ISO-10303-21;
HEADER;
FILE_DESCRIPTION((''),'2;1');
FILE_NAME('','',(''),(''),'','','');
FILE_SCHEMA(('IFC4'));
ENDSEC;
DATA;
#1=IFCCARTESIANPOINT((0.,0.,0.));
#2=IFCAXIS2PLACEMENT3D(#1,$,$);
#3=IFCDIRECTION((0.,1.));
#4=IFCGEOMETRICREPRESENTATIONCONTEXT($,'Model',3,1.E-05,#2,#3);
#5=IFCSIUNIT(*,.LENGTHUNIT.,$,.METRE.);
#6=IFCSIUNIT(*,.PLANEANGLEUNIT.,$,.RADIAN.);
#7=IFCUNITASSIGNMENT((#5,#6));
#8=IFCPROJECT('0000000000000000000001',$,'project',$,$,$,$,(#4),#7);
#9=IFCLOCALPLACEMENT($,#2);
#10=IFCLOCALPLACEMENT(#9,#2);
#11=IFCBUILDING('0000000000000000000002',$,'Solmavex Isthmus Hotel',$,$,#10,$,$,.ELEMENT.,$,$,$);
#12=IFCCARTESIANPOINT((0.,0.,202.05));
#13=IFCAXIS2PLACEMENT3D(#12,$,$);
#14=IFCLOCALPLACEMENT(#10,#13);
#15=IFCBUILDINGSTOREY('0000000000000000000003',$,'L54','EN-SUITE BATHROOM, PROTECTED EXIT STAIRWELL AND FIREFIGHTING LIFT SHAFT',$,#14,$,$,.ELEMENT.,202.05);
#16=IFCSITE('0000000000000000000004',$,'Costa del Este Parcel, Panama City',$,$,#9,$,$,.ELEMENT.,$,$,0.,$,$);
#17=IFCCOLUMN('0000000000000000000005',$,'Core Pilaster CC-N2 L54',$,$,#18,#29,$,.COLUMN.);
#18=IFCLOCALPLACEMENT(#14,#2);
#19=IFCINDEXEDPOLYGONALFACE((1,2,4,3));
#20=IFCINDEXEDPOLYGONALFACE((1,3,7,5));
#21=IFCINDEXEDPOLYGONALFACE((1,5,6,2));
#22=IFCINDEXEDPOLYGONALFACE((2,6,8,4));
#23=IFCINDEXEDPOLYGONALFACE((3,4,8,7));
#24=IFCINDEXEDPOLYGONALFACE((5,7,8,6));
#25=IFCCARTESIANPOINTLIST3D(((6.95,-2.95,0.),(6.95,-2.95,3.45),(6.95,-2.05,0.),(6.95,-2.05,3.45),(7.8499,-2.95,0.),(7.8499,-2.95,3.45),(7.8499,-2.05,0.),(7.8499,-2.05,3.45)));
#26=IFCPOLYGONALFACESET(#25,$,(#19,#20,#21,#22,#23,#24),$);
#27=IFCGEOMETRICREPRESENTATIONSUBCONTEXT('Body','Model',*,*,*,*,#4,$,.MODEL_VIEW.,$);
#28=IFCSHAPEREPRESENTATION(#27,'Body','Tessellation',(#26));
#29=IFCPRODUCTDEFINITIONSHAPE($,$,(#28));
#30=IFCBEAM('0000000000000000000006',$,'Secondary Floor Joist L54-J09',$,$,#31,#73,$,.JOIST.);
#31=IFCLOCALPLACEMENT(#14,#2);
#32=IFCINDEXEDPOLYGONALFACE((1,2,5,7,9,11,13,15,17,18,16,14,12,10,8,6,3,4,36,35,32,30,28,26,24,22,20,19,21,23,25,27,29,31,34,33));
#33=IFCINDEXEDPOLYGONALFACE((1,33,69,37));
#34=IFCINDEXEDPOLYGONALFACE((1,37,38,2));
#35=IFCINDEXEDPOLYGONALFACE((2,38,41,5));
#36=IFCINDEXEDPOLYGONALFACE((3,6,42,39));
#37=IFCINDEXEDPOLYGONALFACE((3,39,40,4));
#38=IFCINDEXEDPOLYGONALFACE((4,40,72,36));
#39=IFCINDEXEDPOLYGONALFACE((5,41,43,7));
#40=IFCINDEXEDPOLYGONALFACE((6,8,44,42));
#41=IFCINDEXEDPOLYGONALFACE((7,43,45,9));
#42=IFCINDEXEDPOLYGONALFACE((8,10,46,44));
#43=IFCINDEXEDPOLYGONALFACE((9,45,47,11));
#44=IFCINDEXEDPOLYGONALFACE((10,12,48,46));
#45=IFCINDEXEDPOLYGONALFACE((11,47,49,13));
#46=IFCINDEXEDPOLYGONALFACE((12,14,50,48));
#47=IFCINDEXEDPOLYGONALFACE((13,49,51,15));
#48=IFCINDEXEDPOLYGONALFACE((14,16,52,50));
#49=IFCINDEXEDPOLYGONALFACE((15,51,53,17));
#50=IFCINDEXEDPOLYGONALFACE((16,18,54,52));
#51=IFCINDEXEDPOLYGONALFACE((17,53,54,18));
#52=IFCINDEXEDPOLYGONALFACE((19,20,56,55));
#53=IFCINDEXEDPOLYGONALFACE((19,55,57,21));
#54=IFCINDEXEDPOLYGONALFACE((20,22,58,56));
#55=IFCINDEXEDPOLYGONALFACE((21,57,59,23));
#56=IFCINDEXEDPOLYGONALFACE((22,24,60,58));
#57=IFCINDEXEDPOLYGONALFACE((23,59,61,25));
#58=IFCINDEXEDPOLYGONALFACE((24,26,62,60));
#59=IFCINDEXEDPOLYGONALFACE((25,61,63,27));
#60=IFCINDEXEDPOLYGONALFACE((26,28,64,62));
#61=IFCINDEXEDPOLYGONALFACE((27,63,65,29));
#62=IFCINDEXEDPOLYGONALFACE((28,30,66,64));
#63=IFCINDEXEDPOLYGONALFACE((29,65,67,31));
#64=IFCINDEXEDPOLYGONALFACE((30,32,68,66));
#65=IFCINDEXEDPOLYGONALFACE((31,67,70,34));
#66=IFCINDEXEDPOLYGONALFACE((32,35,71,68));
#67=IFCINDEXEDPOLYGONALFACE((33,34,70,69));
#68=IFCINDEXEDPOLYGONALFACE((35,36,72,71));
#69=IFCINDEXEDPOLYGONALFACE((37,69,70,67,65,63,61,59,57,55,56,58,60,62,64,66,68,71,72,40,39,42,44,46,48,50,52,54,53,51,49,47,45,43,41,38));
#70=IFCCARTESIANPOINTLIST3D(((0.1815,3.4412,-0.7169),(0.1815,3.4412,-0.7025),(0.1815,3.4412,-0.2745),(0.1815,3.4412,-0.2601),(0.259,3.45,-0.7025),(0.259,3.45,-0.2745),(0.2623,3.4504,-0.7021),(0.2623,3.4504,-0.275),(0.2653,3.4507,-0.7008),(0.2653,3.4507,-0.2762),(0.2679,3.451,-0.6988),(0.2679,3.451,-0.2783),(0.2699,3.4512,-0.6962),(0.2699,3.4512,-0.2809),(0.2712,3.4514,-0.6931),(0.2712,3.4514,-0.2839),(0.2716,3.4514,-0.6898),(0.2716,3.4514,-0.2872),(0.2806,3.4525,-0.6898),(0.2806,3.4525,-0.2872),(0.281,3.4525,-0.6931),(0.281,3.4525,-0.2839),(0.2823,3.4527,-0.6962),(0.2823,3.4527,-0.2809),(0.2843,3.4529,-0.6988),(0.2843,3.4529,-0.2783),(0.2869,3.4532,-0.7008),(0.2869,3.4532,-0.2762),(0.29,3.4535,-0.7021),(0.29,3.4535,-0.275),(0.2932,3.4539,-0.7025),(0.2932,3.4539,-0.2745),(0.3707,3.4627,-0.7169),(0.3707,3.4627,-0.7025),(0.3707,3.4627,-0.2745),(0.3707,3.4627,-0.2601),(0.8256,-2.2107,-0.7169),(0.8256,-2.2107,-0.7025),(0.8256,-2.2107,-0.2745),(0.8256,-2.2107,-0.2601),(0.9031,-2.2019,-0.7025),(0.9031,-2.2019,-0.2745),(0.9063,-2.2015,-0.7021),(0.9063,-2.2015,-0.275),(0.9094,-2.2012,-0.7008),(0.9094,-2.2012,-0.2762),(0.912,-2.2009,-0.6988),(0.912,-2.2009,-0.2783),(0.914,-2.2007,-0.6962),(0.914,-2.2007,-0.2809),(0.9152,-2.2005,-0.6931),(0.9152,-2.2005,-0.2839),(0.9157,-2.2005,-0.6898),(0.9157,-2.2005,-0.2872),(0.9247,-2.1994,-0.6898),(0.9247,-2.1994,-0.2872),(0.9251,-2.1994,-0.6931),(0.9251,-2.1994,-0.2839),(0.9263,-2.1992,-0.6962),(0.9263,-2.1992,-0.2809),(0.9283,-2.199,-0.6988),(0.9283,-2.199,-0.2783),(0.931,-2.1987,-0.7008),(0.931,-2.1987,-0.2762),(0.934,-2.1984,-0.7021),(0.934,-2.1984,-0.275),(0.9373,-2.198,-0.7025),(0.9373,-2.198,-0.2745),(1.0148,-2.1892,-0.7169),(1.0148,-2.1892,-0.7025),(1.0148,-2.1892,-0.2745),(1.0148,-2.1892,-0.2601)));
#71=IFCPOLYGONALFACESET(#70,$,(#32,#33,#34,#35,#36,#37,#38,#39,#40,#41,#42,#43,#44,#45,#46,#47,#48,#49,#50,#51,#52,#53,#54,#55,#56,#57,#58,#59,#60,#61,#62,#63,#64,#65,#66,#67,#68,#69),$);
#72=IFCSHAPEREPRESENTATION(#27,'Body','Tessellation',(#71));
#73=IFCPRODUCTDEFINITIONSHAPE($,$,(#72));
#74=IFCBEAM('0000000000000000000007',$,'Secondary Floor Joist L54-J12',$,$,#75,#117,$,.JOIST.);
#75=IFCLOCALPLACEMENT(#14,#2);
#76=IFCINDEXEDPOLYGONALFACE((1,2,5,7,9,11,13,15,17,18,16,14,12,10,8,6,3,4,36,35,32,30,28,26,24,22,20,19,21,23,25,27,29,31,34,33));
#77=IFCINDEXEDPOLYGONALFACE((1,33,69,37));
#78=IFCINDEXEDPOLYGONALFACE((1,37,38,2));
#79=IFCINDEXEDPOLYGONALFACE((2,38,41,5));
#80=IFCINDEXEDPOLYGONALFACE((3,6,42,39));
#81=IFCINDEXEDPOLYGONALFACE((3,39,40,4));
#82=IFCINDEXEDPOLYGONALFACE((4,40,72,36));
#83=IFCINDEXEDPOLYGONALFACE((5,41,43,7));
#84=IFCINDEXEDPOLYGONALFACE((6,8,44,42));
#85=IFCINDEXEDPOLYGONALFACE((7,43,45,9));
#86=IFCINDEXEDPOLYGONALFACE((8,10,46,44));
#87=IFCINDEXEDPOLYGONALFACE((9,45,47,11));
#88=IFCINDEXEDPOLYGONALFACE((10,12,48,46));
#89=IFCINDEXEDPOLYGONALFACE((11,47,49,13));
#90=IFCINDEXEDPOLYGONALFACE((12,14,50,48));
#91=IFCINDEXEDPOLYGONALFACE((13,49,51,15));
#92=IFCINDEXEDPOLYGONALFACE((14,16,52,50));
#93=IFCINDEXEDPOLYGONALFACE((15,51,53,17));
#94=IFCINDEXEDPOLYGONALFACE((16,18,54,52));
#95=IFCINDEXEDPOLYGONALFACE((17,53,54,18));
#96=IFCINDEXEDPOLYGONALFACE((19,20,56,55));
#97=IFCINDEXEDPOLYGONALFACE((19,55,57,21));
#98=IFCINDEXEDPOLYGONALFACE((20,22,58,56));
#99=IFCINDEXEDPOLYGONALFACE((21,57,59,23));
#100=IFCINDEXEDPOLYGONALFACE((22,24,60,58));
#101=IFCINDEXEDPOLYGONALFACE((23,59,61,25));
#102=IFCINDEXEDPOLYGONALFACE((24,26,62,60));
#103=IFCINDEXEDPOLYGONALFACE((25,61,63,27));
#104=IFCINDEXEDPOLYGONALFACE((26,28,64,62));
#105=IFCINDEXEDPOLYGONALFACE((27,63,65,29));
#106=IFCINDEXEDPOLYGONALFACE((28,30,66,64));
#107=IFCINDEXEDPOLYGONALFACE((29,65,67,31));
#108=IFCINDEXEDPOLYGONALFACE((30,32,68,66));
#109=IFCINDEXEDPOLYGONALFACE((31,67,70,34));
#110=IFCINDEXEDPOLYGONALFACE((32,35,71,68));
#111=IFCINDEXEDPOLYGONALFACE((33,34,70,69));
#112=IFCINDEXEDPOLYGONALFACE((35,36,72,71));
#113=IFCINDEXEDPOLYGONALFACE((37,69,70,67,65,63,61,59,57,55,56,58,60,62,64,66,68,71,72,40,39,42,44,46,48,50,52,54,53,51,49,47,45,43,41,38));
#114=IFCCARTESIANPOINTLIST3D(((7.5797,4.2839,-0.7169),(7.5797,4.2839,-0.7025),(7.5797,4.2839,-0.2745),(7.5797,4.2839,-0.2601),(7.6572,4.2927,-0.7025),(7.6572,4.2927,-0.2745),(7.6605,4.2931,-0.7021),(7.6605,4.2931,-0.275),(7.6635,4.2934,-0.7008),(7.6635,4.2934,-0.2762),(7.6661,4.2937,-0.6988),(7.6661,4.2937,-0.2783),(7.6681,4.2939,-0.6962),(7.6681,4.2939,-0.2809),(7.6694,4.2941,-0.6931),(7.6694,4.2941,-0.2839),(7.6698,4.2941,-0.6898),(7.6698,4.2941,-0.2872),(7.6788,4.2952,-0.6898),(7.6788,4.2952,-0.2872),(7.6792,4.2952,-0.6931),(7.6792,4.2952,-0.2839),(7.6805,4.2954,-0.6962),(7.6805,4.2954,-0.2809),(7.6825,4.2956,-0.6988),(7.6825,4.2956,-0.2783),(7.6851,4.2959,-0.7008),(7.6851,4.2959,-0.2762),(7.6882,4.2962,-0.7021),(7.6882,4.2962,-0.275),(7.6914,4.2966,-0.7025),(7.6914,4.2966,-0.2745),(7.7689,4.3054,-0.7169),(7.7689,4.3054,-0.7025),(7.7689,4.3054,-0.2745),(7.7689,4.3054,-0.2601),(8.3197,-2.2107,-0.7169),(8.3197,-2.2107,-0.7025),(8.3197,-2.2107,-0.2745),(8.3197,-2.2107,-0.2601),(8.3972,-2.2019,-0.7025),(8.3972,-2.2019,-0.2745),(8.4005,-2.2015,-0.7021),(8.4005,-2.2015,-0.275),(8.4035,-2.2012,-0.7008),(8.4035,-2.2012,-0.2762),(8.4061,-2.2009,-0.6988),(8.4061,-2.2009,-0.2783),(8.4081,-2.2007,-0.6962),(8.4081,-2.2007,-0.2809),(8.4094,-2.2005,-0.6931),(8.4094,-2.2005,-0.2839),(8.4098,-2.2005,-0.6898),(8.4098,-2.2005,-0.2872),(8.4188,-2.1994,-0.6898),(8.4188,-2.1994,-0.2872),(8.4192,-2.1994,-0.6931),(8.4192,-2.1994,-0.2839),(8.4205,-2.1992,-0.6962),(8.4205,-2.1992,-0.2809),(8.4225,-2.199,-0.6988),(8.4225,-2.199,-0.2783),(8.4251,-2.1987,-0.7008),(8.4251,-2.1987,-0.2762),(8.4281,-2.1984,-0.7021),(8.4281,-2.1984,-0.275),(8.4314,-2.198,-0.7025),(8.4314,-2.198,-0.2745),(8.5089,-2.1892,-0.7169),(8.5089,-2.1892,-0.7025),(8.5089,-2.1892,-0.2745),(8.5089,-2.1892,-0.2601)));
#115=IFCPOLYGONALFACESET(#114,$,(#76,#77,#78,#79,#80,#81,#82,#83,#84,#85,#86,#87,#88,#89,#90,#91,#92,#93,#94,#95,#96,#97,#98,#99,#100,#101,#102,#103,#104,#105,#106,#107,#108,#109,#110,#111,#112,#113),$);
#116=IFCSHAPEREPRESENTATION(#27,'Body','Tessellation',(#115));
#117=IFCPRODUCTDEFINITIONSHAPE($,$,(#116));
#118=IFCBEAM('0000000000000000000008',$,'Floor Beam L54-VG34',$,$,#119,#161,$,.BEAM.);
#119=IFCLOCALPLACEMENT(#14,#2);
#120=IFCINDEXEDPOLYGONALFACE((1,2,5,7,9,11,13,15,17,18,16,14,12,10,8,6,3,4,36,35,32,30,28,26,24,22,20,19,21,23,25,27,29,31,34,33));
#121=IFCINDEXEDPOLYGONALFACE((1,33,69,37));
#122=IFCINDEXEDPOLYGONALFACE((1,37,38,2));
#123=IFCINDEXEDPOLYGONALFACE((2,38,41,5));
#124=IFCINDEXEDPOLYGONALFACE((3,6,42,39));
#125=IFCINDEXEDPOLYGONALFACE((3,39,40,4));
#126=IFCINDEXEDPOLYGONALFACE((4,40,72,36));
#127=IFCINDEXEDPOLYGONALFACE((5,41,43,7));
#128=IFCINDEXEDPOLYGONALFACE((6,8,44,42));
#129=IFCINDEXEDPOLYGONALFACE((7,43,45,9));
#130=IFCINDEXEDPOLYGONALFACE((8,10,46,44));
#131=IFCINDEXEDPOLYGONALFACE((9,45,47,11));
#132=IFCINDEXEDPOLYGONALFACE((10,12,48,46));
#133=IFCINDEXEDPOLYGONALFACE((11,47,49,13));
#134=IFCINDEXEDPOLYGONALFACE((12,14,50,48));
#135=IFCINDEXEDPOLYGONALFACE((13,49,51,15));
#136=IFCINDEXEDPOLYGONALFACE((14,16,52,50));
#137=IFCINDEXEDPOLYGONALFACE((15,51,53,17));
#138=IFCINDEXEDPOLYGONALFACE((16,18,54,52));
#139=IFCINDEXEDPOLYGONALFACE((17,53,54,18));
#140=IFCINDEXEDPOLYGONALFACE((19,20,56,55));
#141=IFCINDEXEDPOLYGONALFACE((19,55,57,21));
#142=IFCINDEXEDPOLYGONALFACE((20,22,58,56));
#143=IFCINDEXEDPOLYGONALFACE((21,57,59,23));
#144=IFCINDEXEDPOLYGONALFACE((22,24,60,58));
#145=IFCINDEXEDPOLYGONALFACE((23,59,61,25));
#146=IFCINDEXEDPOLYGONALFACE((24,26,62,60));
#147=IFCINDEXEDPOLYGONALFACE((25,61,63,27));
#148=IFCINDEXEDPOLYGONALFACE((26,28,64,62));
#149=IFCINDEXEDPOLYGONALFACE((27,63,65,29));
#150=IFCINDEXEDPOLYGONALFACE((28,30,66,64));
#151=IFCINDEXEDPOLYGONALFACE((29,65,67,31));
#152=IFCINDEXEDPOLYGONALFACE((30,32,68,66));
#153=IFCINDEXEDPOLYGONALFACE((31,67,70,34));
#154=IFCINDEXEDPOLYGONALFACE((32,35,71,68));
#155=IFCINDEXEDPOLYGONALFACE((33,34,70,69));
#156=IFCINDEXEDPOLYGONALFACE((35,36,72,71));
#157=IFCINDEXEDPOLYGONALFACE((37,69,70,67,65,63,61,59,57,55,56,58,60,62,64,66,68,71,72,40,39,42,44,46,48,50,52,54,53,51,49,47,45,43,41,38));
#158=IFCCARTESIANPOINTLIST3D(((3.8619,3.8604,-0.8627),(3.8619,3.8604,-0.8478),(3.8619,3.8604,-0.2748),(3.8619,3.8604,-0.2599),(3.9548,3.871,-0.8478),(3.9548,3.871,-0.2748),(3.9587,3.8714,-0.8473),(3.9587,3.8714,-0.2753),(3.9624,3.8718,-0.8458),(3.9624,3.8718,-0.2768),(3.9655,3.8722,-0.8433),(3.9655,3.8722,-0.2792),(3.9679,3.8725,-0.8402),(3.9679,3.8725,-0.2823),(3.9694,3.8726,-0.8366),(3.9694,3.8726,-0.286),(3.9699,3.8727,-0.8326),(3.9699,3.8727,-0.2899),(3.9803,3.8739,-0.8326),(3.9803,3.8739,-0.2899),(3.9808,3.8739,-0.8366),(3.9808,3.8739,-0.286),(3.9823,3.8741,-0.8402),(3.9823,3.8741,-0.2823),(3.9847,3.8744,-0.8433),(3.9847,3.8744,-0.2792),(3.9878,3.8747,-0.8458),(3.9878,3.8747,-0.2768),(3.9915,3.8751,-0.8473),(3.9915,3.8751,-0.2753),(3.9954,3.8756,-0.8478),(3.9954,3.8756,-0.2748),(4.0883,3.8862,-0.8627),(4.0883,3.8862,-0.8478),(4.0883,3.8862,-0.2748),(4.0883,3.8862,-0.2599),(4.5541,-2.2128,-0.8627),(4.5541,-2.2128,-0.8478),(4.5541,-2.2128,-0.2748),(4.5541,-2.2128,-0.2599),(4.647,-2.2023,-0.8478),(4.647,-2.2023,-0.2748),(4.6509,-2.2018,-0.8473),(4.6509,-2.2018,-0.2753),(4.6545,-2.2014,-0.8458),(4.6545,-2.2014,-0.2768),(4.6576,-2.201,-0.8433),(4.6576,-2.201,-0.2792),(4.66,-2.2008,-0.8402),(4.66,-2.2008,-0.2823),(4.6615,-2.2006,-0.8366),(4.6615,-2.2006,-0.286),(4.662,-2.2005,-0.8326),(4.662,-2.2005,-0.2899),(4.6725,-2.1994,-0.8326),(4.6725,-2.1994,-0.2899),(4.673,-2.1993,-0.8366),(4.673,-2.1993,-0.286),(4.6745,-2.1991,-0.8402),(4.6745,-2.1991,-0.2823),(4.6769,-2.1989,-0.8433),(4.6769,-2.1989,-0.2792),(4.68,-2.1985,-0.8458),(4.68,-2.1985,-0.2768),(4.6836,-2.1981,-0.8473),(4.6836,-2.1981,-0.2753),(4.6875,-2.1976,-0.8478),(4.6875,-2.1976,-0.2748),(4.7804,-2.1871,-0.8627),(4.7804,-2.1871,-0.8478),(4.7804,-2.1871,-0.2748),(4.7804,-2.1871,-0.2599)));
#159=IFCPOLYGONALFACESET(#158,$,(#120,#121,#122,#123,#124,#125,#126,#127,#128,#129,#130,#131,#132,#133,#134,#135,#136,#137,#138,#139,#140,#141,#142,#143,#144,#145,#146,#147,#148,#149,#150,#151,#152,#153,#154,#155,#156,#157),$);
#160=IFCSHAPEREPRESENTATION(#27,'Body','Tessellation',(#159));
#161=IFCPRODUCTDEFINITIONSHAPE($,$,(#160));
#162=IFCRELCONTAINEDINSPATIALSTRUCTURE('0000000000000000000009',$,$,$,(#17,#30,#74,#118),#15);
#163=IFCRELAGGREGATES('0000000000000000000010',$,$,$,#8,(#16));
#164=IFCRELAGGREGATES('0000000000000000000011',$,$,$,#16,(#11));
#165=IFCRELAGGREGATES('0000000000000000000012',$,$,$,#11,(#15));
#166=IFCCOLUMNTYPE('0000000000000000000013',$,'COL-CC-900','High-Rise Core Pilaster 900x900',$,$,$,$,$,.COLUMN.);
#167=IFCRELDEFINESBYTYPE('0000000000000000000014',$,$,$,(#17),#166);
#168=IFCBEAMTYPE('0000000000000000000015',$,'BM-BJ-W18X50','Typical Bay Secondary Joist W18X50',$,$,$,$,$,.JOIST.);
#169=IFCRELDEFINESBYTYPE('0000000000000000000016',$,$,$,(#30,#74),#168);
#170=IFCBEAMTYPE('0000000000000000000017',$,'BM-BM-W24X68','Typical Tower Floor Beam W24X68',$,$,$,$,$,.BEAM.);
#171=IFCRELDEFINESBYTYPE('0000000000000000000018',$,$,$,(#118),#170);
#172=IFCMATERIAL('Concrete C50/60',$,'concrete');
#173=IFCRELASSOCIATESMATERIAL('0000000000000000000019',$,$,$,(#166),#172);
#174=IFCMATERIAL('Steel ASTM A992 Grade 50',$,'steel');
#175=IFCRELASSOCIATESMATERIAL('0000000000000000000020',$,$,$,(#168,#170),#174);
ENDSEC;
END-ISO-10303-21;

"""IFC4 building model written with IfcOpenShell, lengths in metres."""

from ifc_helpers import new_model, si_unit, direction, frame, origin, origin_2d, place, context, subcontext, project, spatial, rectangle, i_section, extrude, material, material_profile, profile_set, type_object, element, save


model = new_model("IFC4")

# Units and contexts
model_context = context("Model", 3, precision=1e-05, world=origin(), true_north=direction((0.0, 1.0)))
body_context = subcontext(model_context, "Body", "Model", "MODEL_VIEW")
ifc_project = project(units=[si_unit("LENGTHUNIT", "METRE"), si_unit("PLANEANGLEUNIT", "RADIAN")], contexts=[model_context])

# Site, building, storey
site_placement = place(None, origin())
site = spatial("IfcSite", under=ifc_project, at=site_placement, Name="Costa del Este Parcel, Panama City", CompositionType="ELEMENT", RefElevation=0.0)
building_placement = place(site_placement, origin())
building = spatial("IfcBuilding", under=site, at=building_placement, Name="Solmavex Isthmus Hotel", CompositionType="ELEMENT")
storey_placement = place(building_placement, frame((0.0, 0.0, 202.05)))
storey = spatial("IfcBuildingStorey", under=building, at=storey_placement, Name="L54", Description="EN-SUITE BATHROOM, PROTECTED EXIT STAIRWELL AND FIREFIGHTING LIFT SHAFT", CompositionType="ELEMENT", Elevation=202.05)

# Column
ifc_material_1 = material(Name="Concrete C50/60", Category="concrete")
ifc_material_profile_1 = material_profile(ifc_material_1, rectangle(XDim=0.8999, YDim=0.8999, at=origin_2d()), Name="RC900X900")
ifc_profile_set_1 = profile_set([ifc_material_profile_1], Name="Concrete C50/60")
column_type = type_object("IfcColumnType", Name="COL-CC-900", Description="High-Rise Core Pilaster 900x900", PredefinedType="COLUMN", material=ifc_profile_set_1)
column_placement = place(storey_placement, frame((7.3999, -2.5, 0.0), z_axis=(0.0, 0.0, 1.0), x_axis=(1.0, 0.0, 0.0)))
element("IfcColumn", 1, at=column_placement, inside=storey, type_object=column_type, Name="Core Pilaster CC-N2 L54", PredefinedType="COLUMN", context=body_context, shape_type="SweptSolid", body=[
    extrude(rectangle(XDim=0.8999, YDim=0.8999, at=origin_2d()), origin(), (0.0, 0.0, 1.0), 3.45),
])

# Beams
ifc_material_2 = material(Name="Steel ASTM A992 Grade 50", Category="steel")
ifc_material_profile_2 = material_profile(ifc_material_2, i_section(OverallWidth=0.1904, OverallDepth=0.4568, WebThickness=0.009, FlangeThickness=0.0144, FilletRadius=0.0127, at=origin_2d()), Name="W18X50")
ifc_profile_set_2 = profile_set([ifc_material_profile_2], Name="Steel ASTM A992 Grade 50")
beam_type_1 = type_object("IfcBeamType", Name="BM-BJ-W18X50", Description="Typical Bay Secondary Joist W18X50", PredefinedType="JOIST", material=ifc_profile_set_2)
beam_1_placement = place(storey_placement, frame((0.9202, -2.2, -0.4885), z_axis=(-0.11322, 0.99357, 0.0), x_axis=(-0.99357, -0.11322, 0.0)))
element("IfcBeam", 2, at=beam_1_placement, inside=storey, type_object=beam_type_1, Name="Secondary Floor Joist L54-J09", PredefinedType="JOIST", context=body_context, shape_type="SweptSolid", body=[
    extrude(i_section(OverallWidth=0.1904, OverallDepth=0.4568, WebThickness=0.009, FlangeThickness=0.0144, FilletRadius=0.0127, at=origin_2d()), origin(), (0.0, 0.0, 1.0), 5.6885),
])
beam_2_placement = place(storey_placement, frame((8.4143, -2.2, -0.4885), z_axis=(-0.113206, 0.993571, 0.0), x_axis=(-0.993571, -0.113206, 0.0)))
element("IfcBeam", 3, at=beam_2_placement, inside=storey, type_object=beam_type_1, Name="Secondary Floor Joist L54-J12", PredefinedType="JOIST", context=body_context, shape_type="SweptSolid", body=[
    extrude(i_section(OverallWidth=0.1904, OverallDepth=0.4568, WebThickness=0.009, FlangeThickness=0.0144, FilletRadius=0.0127, at=origin_2d()), origin(), (0.0, 0.0, 1.0), 6.5366),
])
ifc_material_profile_3 = material_profile(ifc_material_2, i_section(OverallWidth=0.2278, OverallDepth=0.6028, WebThickness=0.0105, FlangeThickness=0.0149, FilletRadius=0.0151, at=origin_2d()), Name="W24X68")
ifc_profile_set_3 = profile_set([ifc_material_profile_3], Name="Steel ASTM A992 Grade 50")
beam_type_2 = type_object("IfcBeamType", Name="BM-BM-W24X68", Description="Typical Tower Floor Beam W24X68", PredefinedType="BEAM", material=ifc_profile_set_3)
beam_3_placement = place(storey_placement, frame((4.6672, -2.2, -0.5613), z_axis=(-0.113232, 0.993569, 0.0), x_axis=(-0.993569, -0.113232, 0.0)))
element("IfcBeam", 4, at=beam_3_placement, inside=storey, type_object=beam_type_2, Name="Floor Beam L54-VG34", PredefinedType="BEAM", context=body_context, shape_type="SweptSolid", body=[
    extrude(i_section(OverallWidth=0.2278, OverallDepth=0.6028, WebThickness=0.0105, FlangeThickness=0.0149, FilletRadius=0.0151, at=origin_2d()), origin(), (0.0, 0.0, 1.0), 6.1125),
])

save(model, "model.ifc")
